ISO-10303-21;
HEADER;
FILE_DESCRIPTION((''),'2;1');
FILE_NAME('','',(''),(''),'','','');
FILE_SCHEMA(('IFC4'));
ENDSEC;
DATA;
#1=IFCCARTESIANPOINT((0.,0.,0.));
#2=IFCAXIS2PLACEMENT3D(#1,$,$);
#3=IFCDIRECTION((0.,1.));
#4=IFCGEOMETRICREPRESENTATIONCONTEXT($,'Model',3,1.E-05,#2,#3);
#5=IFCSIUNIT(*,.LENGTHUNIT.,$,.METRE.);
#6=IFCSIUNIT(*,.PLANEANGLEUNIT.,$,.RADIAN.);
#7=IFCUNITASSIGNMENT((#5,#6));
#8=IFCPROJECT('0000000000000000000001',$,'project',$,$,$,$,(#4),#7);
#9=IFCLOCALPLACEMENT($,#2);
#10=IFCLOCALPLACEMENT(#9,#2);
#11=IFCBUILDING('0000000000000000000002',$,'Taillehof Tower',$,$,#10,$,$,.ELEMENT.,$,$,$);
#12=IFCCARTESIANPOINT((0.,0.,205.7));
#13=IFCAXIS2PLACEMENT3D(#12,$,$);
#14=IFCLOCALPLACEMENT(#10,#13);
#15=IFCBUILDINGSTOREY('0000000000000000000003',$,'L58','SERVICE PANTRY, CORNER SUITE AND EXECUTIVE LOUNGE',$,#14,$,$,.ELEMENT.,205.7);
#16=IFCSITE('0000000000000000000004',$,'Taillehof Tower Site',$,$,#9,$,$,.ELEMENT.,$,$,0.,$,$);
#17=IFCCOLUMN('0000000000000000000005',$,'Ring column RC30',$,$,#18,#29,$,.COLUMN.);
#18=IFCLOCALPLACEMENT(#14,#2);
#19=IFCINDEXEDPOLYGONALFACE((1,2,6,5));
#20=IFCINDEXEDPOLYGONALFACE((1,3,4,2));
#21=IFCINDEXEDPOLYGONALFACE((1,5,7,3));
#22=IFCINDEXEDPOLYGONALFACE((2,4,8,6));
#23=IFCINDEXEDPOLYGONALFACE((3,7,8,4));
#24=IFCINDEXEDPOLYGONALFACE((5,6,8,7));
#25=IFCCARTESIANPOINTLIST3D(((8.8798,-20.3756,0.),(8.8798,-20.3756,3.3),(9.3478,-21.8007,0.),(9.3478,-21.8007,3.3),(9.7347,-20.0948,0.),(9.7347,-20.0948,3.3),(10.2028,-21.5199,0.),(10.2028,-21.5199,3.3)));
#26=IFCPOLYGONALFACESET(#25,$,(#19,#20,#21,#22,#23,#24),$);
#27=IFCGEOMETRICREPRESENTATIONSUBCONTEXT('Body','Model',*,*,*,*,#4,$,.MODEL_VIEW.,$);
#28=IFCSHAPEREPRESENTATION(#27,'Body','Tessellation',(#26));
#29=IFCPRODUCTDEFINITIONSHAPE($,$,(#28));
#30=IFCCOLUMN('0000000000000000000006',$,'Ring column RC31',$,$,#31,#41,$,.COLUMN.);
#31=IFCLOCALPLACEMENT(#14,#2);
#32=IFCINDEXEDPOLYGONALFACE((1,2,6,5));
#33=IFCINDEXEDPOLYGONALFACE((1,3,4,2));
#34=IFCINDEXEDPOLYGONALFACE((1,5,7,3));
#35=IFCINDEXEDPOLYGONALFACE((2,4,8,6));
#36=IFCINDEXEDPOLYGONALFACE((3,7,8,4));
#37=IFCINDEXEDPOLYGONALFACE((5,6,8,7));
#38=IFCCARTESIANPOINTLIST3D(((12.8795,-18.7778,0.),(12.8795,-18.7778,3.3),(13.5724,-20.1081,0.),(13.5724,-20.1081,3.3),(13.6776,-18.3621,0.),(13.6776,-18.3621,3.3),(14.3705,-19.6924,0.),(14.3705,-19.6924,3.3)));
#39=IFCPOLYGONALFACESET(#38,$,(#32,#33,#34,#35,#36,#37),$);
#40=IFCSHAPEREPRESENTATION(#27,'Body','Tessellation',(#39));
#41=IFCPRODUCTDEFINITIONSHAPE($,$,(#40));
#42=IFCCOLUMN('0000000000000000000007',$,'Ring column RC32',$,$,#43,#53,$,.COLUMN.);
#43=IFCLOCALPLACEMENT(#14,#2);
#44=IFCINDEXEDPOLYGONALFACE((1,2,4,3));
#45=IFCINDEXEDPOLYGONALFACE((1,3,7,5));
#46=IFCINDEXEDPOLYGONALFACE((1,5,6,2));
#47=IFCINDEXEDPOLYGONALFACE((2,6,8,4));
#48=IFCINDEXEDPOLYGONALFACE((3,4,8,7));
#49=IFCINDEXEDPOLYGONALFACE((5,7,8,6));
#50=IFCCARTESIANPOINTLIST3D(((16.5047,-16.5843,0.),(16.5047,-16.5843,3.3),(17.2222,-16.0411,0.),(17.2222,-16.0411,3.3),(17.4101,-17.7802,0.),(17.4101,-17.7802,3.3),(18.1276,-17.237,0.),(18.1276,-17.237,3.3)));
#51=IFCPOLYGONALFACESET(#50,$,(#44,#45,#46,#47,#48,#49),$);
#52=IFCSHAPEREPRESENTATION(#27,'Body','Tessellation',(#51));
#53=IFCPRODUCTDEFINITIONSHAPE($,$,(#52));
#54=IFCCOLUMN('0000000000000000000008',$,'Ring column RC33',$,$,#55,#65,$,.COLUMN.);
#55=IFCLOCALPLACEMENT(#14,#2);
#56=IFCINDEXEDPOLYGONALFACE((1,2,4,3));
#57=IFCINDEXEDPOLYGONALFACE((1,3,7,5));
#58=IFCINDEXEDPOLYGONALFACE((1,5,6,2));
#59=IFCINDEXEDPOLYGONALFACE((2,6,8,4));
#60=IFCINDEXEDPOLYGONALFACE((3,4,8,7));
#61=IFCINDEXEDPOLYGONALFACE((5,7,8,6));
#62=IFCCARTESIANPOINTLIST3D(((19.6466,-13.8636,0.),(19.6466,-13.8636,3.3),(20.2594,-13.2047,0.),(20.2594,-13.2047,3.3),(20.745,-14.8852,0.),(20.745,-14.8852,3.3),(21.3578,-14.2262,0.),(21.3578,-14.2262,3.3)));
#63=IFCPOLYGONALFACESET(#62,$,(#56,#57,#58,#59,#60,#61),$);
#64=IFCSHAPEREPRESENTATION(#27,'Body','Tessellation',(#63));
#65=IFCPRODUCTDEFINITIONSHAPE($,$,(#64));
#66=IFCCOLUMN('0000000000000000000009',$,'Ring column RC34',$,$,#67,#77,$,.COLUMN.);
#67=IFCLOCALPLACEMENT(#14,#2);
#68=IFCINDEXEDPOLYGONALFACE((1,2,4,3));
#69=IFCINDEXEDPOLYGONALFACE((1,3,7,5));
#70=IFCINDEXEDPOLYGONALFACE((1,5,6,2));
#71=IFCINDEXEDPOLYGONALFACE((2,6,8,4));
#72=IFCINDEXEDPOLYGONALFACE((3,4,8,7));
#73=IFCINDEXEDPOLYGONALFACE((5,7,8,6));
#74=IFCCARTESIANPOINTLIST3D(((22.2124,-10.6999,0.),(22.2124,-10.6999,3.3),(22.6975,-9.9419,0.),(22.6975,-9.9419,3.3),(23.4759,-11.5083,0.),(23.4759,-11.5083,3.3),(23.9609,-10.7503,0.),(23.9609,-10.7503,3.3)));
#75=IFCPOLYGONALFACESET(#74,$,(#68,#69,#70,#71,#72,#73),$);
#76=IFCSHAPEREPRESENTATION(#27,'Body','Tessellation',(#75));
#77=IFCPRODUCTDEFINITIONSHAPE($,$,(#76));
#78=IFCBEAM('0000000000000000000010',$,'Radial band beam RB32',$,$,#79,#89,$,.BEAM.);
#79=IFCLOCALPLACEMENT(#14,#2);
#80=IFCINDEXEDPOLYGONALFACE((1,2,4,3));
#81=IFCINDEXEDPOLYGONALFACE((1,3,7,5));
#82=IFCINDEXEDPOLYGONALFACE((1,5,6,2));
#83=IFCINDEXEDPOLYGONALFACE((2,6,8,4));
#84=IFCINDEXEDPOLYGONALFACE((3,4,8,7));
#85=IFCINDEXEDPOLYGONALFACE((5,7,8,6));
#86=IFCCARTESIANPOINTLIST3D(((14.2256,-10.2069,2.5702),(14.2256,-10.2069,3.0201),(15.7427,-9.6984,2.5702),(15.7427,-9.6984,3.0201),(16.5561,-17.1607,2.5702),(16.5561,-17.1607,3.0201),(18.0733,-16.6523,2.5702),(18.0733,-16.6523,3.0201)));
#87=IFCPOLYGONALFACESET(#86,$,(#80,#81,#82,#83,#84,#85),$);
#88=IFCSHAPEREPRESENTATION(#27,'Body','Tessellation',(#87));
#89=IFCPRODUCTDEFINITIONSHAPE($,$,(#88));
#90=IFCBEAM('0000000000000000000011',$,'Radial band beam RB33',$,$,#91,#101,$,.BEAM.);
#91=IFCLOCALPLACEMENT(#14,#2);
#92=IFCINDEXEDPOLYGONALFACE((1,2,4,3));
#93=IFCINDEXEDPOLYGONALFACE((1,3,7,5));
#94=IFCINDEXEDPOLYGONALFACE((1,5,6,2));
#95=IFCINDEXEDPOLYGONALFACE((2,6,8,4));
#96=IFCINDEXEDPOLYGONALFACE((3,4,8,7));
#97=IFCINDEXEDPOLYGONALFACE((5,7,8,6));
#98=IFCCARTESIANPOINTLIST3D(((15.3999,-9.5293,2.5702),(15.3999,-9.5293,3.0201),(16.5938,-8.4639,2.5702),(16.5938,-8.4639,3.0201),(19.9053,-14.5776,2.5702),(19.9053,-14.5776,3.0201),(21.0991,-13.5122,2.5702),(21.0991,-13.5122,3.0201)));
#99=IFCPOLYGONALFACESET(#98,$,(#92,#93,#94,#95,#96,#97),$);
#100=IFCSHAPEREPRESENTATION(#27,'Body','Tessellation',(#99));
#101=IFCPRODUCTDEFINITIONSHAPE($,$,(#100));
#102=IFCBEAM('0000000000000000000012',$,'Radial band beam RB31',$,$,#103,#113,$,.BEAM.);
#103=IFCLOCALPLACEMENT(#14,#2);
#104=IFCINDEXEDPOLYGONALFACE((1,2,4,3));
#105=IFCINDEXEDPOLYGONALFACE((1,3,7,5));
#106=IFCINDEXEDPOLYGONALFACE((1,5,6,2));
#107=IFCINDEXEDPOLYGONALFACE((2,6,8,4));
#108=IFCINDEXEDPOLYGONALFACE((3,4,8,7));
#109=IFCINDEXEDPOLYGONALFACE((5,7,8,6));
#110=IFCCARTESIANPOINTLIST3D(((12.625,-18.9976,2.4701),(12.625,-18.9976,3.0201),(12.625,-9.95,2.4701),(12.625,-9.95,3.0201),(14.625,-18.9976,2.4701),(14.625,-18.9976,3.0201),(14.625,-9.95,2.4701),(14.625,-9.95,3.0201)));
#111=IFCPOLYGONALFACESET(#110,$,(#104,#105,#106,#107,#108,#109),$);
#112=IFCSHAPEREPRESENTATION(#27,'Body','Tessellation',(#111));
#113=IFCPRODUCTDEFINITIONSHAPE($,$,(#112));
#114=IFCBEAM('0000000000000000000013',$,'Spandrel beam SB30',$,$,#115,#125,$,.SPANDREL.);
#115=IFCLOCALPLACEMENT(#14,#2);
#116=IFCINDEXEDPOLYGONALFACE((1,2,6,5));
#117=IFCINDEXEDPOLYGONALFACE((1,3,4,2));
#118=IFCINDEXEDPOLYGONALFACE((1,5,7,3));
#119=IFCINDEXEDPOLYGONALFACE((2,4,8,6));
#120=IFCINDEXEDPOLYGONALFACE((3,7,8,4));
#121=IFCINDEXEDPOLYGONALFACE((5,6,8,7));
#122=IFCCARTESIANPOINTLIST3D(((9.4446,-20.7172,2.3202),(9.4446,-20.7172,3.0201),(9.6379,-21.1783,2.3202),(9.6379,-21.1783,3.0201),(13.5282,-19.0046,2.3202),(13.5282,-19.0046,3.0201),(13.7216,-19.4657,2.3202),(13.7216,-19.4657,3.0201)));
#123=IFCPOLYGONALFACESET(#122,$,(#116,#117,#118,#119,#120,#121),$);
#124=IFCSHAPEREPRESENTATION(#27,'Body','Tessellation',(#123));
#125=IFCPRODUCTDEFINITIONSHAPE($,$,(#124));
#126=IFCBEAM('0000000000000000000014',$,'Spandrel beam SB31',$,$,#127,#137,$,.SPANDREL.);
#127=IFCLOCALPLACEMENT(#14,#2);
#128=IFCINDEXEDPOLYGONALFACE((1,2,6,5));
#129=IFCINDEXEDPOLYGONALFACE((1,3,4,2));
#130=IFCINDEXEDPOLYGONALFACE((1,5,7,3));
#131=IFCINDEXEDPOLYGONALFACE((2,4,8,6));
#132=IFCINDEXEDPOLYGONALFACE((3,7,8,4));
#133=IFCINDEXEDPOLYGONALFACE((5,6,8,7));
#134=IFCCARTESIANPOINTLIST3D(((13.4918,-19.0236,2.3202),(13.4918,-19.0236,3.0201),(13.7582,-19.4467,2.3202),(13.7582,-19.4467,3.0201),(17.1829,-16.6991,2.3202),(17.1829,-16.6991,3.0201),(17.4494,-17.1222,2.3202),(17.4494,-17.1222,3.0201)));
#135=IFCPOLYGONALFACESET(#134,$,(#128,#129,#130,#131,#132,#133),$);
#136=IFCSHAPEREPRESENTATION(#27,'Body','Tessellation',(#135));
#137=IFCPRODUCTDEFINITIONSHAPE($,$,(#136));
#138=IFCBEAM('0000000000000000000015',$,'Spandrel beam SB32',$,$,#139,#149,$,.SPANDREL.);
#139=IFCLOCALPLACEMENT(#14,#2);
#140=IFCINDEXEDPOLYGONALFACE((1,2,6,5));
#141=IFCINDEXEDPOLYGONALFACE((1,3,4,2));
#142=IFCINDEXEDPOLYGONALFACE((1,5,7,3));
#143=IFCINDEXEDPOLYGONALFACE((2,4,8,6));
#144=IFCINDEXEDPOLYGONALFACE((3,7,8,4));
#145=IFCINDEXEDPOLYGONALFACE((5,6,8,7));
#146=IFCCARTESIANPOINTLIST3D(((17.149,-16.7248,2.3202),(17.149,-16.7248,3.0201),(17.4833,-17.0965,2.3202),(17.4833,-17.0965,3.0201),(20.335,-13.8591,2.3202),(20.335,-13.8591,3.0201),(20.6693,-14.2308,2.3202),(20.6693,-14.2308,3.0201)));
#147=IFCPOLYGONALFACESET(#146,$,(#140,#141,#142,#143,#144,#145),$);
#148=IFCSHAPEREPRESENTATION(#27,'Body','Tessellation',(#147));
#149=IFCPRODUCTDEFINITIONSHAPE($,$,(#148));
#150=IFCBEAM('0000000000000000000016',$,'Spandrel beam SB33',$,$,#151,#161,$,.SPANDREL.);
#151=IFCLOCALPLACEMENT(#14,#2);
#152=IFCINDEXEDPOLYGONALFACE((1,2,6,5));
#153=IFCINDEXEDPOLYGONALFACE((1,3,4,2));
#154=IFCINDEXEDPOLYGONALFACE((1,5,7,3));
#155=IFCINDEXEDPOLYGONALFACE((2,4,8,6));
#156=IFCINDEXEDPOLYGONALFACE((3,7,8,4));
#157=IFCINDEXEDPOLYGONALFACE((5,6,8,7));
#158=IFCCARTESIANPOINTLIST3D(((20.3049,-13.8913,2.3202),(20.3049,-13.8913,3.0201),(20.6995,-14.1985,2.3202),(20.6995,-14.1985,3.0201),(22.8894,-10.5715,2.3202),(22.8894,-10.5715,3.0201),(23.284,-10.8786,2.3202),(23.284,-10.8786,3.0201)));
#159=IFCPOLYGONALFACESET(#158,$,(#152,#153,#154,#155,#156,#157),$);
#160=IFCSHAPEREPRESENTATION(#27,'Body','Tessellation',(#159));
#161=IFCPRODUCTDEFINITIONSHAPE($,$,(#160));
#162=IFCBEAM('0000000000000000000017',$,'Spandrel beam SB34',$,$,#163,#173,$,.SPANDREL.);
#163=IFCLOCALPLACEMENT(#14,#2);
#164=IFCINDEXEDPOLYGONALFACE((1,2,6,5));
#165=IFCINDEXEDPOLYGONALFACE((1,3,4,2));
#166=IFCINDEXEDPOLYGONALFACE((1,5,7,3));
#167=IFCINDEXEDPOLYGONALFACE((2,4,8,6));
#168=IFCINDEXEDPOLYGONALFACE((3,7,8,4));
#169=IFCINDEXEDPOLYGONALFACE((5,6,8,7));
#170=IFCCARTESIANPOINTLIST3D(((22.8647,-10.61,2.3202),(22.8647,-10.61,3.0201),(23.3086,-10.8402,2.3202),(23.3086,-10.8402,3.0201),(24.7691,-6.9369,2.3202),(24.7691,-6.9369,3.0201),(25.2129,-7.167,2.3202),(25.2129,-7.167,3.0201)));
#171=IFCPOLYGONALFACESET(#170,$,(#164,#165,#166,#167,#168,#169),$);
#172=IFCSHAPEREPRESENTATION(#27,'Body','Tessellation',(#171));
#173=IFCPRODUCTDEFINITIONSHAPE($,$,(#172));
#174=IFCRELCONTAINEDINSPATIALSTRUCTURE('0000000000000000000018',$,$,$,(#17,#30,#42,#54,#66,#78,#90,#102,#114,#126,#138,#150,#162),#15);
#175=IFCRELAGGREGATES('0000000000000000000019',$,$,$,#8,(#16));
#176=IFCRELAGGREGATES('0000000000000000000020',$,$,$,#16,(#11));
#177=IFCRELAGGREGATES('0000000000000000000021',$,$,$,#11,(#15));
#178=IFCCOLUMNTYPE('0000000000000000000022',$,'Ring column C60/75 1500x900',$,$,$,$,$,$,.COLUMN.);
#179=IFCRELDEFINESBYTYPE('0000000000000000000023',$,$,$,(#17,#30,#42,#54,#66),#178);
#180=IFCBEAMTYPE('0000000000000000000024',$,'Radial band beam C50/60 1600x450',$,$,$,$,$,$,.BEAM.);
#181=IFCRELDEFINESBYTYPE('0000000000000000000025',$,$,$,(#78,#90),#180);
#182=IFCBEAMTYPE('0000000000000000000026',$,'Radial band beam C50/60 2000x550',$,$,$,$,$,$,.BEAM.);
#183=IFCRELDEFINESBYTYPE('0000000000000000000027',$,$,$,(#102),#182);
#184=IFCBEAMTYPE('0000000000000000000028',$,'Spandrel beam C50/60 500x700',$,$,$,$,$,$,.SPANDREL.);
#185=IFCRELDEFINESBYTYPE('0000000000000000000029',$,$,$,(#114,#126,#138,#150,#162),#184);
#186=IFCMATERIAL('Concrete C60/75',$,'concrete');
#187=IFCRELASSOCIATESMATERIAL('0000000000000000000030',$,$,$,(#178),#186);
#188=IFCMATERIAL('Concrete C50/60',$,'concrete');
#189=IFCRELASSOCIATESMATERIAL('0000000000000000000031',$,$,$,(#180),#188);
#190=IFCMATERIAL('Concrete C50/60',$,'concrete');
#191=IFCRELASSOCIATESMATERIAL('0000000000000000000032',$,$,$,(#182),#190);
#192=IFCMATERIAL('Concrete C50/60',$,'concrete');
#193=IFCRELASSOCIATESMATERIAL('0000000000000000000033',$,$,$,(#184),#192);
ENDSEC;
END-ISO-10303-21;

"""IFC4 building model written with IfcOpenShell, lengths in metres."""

from ifc_helpers import new_model, si_unit, direction, frame, origin, origin_2d, place, context, subcontext, project, spatial, rectangle, extrude, material, material_profile, profile_set, type_object, element, save


model = new_model("IFC4")

# Units and contexts
model_context = context("Model", 3, precision=1e-05, world=origin(), true_north=direction((0.0, 1.0)))
body_context = subcontext(model_context, "Body", "Model", "MODEL_VIEW")
ifc_project = project(units=[si_unit("LENGTHUNIT", "METRE"), si_unit("PLANEANGLEUNIT", "RADIAN")], contexts=[model_context])

# Site, building, storey
site_placement = place(None, origin())
site = spatial("IfcSite", under=ifc_project, at=site_placement, Name="Taillehof Tower Site", CompositionType="ELEMENT", RefElevation=0.0)
building_placement = place(site_placement, origin())
building = spatial("IfcBuilding", under=site, at=building_placement, Name="Taillehof Tower", CompositionType="ELEMENT")
storey_placement = place(building_placement, frame((0.0, 0.0, 205.7)))
storey = spatial("IfcBuildingStorey", under=building, at=storey_placement, Name="L58", Description="SERVICE PANTRY, CORNER SUITE AND EXECUTIVE LOUNGE", CompositionType="ELEMENT", Elevation=205.7)

# Columns
ifc_material_1 = material(Name="Concrete C60/75", Category="concrete")
ifc_material_profile_1 = material_profile(ifc_material_1, rectangle(XDim=1.5, YDim=0.8999, at=origin_2d()), Name="RC 1500x900")
ifc_profile_set_1 = profile_set([ifc_material_profile_1], Name="Concrete C60/75")
column_type = type_object("IfcColumnType", Name="Ring column C60/75 1500x900", PredefinedType="COLUMN", material=ifc_profile_set_1)
for number, where, z_axis, x_axis, name in (
    (1, (9.5413, -20.9478, 0.0), (0.0, 0.0, 1.0), (0.312001, -0.950082, 0.0), "Ring column RC30"),
    (2, (13.625, -19.2351, 0.0), (0.0, 0.0, 1.0), (0.461993, -0.886883, 0.0), "Ring column RC31"),
    (3, (17.3162, -16.9106, 0.0), (0.0, 0.0, 1.0), (0.603608, -0.797281, 0.0), "Ring column RC32"),
    (4, (20.5022, -14.0449, 0.0), (0.0, 0.0, 1.0), (0.732271, -0.681013, 0.0), "Ring column RC33"),
    (5, (23.0867, -10.7251, 0.0), (0.0, 0.0, 1.0), (0.842311, -0.538992, 0.0), "Ring column RC34"),
):
    element("IfcColumn", number, at=place(storey_placement, frame(where, z_axis=z_axis, x_axis=x_axis)), inside=storey, type_object=column_type, Name=name, PredefinedType="COLUMN", context=body_context, shape_type="SweptSolid", body=[
        extrude(rectangle(XDim=1.5, YDim=0.8999, at=origin_2d()), origin(), (0.0, 0.0, 1.0), 3.3),
    ])

# Beams
ifc_material_2 = material(Name="Concrete C50/60", Category="concrete")
ifc_material_profile_2 = material_profile(ifc_material_2, rectangle(XDim=1.6001, YDim=0.45, at=origin_2d()), Name="RC 1600x450")
ifc_profile_set_2 = profile_set([ifc_material_profile_2], Name="Concrete C50/60")
beam_type_1 = type_object("IfcBeamType", Name="Radial band beam C50/60 1600x450", PredefinedType="BEAM", material=ifc_profile_set_2)
beam_1_placement = place(storey_placement, frame((17.3147, -16.9065, 2.7952), z_axis=(-0.317775, 0.948166, 0.0), x_axis=(-0.948166, -0.317775, 0.0)))
element("IfcBeam", 6, at=beam_1_placement, inside=storey, type_object=beam_type_1, Name="Radial band beam RB32", PredefinedType="BEAM", context=body_context, shape_type="SweptSolid", body=[
    extrude(rectangle(XDim=1.6001, YDim=0.45, at=origin_2d()), origin(), (0.0, 0.0, 1.0), 7.334),
])
beam_2_placement = place(storey_placement, frame((20.5022, -14.0449, 2.7952), z_axis=(-0.665845, 0.74609, 0.0), x_axis=(-0.74609, -0.665845, 0.0)))
element("IfcBeam", 7, at=beam_2_placement, inside=storey, type_object=beam_type_1, Name="Radial band beam RB33", PredefinedType="BEAM", context=body_context, shape_type="SweptSolid", body=[
    extrude(rectangle(XDim=1.6001, YDim=0.45, at=origin_2d()), origin(), (0.0, 0.0, 1.0), 6.7664),
])
ifc_material_3 = material(Name="Concrete C50/60", Category="concrete")
ifc_material_profile_3 = material_profile(ifc_material_3, rectangle(XDim=2.0, YDim=0.55, at=origin_2d()), Name="RC 2000x550")
ifc_profile_set_3 = profile_set([ifc_material_profile_3], Name="Concrete C50/60")
beam_type_2 = type_object("IfcBeamType", Name="Radial band beam C50/60 2000x550", PredefinedType="BEAM", material=ifc_profile_set_3)
beam_3_placement = place(storey_placement, frame((13.625, -18.9976, 2.7451), z_axis=(0.0, 1.0, 0.0), x_axis=(-1.0, 0.0, 0.0)))
element("IfcBeam", 8, at=beam_3_placement, inside=storey, type_object=beam_type_2, Name="Radial band beam RB31", PredefinedType="BEAM", context=body_context, shape_type="SweptSolid", body=[
    extrude(rectangle(XDim=2.0, YDim=0.55, at=origin_2d()), origin(), (0.0, 0.0, 1.0), 9.0476),
])
ifc_material_4 = material(Name="Concrete C50/60", Category="concrete")
ifc_material_profile_4 = material_profile(ifc_material_4, rectangle(XDim=0.5, YDim=0.7, at=origin_2d()), Name="RC 500x700")
ifc_profile_set_4 = profile_set([ifc_material_profile_4], Name="Concrete C50/60")
beam_type_3 = type_object("IfcBeamType", Name="Spandrel beam C50/60 500x700", PredefinedType="SPANDREL", material=ifc_profile_set_4)
beam_4_placement = place(storey_placement, frame((9.5413, -20.9478, 2.6702), z_axis=(0.922186, 0.386748, 0.0), x_axis=(-0.386748, 0.922186, 0.0)))
element("IfcBeam", 9, at=beam_4_placement, inside=storey, type_object=beam_type_3, Name="Spandrel beam SB30", PredefinedType="SPANDREL", context=body_context, shape_type="SweptSolid", body=[
    extrude(rectangle(XDim=0.5, YDim=0.7, at=origin_2d()), origin(), (0.0, 0.0, 1.0), 4.4282),
])
beam_5_placement = place(storey_placement, frame((13.625, -19.2351, 2.6702), z_axis=(0.846192, 0.532879, 0.0), x_axis=(-0.532879, 0.846192, 0.0)))
element("IfcBeam", 10, at=beam_5_placement, inside=storey, type_object=beam_type_3, Name="Spandrel beam SB31", PredefinedType="SPANDREL", context=body_context, shape_type="SweptSolid", body=[
    extrude(rectangle(XDim=0.5, YDim=0.7, at=origin_2d()), origin(), (0.0, 0.0, 1.0), 4.3621),
])
beam_6_placement = place(storey_placement, frame((17.3162, -16.9106, 2.6702), z_axis=(0.743492, 0.668744, 0.0), x_axis=(-0.668744, 0.743492, 0.0)))
element("IfcBeam", 11, at=beam_6_placement, inside=storey, type_object=beam_type_3, Name="Spandrel beam SB32", PredefinedType="SPANDREL", context=body_context, shape_type="SweptSolid", body=[
    extrude(rectangle(XDim=0.5, YDim=0.7, at=origin_2d()), origin(), (0.0, 0.0, 1.0), 4.2852),
])
beam_7_placement = place(storey_placement, frame((20.5022, -14.0449, 2.6702), z_axis=(0.614294, 0.789077, 0.0), x_axis=(-0.789077, 0.614294, 0.0)))
element("IfcBeam", 12, at=beam_7_placement, inside=storey, type_object=beam_type_3, Name="Spandrel beam SB33", PredefinedType="SPANDREL", context=body_context, shape_type="SweptSolid", body=[
    extrude(rectangle(XDim=0.5, YDim=0.7, at=origin_2d()), origin(), (0.0, 0.0, 1.0), 4.2073),
])
beam_8_placement = place(storey_placement, frame((23.0867, -10.7251, 2.6702), z_axis=(0.460265, 0.887781, 0.0), x_axis=(-0.887781, 0.460265, 0.0)))
element("IfcBeam", 13, at=beam_8_placement, inside=storey, type_object=beam_type_3, Name="Spandrel beam SB34", PredefinedType="SPANDREL", context=body_context, shape_type="SweptSolid", body=[
    extrude(rectangle(XDim=0.5, YDim=0.7, at=origin_2d()), origin(), (0.0, 0.0, 1.0), 4.1375),
])

save(model, "model.ifc")
